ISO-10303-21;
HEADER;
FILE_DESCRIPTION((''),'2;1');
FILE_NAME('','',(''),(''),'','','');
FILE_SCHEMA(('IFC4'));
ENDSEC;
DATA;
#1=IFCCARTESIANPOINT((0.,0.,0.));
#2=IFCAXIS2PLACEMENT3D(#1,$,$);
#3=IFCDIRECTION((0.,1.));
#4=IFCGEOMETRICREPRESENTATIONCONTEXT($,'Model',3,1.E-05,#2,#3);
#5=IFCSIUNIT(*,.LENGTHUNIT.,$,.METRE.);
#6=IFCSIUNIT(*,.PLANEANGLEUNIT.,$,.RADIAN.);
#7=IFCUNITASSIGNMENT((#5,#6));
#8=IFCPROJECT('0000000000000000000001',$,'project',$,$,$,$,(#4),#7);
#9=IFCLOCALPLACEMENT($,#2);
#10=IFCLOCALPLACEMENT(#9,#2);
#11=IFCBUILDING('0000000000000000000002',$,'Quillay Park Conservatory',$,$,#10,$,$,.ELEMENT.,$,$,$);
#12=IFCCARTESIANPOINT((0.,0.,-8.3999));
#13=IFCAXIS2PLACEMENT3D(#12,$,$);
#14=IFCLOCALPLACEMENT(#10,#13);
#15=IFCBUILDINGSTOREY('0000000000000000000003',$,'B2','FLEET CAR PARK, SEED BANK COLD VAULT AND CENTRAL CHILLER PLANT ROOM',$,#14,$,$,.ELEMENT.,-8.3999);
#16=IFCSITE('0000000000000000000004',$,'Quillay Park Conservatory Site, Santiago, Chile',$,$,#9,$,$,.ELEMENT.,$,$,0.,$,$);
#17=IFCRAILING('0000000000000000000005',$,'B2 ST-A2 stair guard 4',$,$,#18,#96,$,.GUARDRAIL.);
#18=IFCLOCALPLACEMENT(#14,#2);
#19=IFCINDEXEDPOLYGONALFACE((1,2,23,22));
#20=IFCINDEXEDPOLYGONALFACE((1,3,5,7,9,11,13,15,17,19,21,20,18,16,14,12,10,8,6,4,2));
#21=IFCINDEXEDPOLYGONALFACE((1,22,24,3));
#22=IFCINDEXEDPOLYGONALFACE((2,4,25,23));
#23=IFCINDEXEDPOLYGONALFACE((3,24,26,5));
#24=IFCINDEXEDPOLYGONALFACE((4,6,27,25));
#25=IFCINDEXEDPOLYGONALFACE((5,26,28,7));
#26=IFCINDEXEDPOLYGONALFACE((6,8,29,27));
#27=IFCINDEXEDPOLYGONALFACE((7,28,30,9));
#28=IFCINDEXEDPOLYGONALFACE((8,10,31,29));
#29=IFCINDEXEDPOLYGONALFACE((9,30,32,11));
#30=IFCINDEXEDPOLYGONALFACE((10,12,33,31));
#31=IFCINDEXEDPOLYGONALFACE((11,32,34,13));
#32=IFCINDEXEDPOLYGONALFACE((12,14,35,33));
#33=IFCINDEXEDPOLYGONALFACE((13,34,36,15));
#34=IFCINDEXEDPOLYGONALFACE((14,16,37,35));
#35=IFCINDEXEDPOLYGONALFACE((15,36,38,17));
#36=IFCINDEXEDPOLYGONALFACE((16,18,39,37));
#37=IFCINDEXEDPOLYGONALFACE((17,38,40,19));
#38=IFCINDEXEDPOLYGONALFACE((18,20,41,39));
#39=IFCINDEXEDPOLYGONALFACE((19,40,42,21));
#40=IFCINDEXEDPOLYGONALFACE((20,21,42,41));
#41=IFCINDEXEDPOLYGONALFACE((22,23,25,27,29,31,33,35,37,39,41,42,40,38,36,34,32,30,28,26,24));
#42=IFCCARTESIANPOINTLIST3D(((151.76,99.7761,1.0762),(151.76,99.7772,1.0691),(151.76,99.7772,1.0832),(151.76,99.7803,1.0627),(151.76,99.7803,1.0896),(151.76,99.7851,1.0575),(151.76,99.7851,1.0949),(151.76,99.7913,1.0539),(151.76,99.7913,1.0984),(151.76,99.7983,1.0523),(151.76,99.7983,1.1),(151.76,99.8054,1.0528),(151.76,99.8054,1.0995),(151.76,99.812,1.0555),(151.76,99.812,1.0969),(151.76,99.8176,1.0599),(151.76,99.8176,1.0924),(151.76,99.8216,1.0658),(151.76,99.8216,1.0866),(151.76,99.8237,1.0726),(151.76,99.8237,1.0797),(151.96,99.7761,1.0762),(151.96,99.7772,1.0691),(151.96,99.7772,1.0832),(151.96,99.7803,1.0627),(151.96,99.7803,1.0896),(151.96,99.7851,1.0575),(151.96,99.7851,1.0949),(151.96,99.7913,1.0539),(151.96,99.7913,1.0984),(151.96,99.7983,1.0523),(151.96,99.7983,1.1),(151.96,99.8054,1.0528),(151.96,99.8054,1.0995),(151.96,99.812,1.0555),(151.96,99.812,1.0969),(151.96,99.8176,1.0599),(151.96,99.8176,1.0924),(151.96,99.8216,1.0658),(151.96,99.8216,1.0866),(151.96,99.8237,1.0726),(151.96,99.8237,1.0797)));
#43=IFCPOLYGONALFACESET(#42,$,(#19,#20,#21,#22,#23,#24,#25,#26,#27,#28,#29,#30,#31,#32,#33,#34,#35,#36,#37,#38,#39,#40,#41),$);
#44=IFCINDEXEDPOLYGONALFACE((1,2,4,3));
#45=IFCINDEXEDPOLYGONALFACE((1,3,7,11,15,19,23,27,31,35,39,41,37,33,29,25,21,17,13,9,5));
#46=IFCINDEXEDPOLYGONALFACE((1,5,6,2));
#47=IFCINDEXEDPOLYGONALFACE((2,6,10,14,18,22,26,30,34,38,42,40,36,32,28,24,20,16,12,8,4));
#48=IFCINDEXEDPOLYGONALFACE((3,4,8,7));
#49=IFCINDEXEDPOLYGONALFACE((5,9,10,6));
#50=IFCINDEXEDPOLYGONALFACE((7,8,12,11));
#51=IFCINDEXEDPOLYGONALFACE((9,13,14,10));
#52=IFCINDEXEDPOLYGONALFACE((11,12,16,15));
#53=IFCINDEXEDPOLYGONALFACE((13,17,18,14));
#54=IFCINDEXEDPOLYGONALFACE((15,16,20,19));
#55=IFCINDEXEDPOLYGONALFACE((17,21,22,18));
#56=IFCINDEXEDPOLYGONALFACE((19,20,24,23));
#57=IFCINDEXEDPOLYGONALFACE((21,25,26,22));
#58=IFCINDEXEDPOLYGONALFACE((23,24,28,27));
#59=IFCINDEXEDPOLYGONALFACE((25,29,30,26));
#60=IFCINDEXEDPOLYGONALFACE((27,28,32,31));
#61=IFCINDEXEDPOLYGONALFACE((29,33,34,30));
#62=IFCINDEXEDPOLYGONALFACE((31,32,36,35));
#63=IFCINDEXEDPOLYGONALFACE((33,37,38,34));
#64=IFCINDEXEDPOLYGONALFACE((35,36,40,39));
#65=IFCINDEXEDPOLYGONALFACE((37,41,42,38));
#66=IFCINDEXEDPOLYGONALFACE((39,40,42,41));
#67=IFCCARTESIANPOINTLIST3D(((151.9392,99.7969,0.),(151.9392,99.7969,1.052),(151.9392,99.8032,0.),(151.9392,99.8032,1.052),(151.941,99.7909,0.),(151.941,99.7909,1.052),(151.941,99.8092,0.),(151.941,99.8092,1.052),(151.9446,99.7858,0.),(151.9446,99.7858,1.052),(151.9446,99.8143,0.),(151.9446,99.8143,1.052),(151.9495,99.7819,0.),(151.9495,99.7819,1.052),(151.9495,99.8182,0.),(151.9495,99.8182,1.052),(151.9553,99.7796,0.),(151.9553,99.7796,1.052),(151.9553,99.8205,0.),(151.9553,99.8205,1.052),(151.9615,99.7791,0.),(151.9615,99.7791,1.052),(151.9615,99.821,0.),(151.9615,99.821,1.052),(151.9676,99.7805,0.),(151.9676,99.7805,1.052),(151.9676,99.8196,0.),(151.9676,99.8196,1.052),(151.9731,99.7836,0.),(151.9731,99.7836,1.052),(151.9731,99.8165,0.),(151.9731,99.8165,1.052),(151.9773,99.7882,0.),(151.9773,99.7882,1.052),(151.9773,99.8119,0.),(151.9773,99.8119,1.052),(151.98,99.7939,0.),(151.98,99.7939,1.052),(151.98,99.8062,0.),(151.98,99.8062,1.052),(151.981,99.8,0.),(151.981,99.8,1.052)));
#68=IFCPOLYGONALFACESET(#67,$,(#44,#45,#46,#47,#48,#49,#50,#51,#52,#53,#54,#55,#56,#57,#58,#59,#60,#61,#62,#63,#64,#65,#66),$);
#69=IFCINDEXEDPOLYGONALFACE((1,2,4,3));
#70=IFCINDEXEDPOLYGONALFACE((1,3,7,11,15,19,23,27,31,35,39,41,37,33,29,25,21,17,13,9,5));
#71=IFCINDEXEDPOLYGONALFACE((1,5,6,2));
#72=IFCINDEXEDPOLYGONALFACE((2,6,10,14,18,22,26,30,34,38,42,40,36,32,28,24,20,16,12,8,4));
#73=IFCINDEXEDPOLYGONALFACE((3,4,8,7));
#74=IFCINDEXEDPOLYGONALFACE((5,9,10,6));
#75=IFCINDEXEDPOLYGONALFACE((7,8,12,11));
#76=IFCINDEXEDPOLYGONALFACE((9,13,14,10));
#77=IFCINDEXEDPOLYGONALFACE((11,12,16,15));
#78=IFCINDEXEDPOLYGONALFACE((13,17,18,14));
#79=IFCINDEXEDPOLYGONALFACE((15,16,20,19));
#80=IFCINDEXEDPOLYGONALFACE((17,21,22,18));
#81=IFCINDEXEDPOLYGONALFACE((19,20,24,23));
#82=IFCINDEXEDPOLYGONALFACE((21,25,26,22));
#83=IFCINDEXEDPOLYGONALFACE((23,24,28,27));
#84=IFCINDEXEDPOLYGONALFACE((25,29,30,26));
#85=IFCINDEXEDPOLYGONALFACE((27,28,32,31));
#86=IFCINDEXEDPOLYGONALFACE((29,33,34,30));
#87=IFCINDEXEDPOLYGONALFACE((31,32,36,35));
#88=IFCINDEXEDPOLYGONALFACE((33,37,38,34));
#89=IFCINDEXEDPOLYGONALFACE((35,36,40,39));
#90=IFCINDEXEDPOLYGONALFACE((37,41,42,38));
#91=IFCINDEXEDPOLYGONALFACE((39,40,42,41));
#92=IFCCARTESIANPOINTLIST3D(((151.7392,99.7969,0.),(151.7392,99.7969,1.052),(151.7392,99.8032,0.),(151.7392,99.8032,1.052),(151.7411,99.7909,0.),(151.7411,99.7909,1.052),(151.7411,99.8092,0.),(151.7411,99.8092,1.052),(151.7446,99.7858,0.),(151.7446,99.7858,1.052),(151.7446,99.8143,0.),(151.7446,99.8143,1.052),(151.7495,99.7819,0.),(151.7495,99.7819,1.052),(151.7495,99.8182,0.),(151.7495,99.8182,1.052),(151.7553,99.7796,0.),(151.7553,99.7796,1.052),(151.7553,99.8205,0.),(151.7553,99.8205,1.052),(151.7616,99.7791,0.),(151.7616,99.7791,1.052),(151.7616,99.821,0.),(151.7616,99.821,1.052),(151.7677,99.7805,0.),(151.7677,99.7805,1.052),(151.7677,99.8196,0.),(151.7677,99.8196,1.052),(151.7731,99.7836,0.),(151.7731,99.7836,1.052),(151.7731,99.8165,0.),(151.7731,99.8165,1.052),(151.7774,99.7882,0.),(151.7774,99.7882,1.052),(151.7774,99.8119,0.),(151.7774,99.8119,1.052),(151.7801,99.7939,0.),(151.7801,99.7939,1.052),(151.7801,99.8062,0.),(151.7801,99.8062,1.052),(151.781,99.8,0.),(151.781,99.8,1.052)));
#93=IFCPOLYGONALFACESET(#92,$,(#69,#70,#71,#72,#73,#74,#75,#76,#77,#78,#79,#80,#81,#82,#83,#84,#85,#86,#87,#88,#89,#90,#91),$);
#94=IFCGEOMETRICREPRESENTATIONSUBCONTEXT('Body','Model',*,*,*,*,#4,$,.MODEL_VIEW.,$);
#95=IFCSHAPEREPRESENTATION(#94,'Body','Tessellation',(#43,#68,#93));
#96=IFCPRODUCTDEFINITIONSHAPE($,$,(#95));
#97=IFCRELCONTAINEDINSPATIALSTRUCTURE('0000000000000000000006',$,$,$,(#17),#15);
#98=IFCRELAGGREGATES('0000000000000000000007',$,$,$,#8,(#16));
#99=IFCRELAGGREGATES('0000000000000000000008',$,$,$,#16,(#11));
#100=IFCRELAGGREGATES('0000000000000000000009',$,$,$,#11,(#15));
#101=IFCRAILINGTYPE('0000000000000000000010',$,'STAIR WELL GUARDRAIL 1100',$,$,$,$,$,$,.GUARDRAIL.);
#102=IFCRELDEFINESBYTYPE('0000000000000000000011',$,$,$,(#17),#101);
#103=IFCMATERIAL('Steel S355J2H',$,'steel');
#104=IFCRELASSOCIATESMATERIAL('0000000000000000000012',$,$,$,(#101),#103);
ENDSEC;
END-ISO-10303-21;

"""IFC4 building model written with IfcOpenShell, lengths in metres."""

from ifc_helpers import new_model, si_unit, direction, frame, origin, origin_2d, place, context, subcontext, project, spatial, circle, extrude, material, type_object, element, save


model = new_model("IFC4")

# Units and contexts
model_context = context("Model", 3, precision=1e-05, world=origin(), true_north=direction((0.0, 1.0)))
body_context = subcontext(model_context, "Body", "Model", "MODEL_VIEW")
ifc_project = project(units=[si_unit("LENGTHUNIT", "METRE"), si_unit("PLANEANGLEUNIT", "RADIAN")], contexts=[model_context])

# Site, building, storey
site_placement = place(None, origin())
site = spatial("IfcSite", under=ifc_project, at=site_placement, Name="Quillay Park Conservatory Site, Santiago, Chile", CompositionType="ELEMENT", RefElevation=0.0)
building_placement = place(site_placement, origin())
building = spatial("IfcBuilding", under=site, at=building_placement, Name="Quillay Park Conservatory", CompositionType="ELEMENT")
storey_placement = place(building_placement, frame((0.0, 0.0, -8.3999)))
storey = spatial("IfcBuildingStorey", under=building, at=storey_placement, Name="B2", Description="FLEET CAR PARK, SEED BANK COLD VAULT AND CENTRAL CHILLER PLANT ROOM", CompositionType="ELEMENT", Elevation=-8.3999)

# Railing
ifc_material_1 = material(Name="Steel S355J2H", Category="steel")
railing_type_1 = type_object("IfcRailingType", Name="STAIR WELL GUARDRAIL 1100", PredefinedType="GUARDRAIL", material=ifc_material_1)
railing_1_placement = place(storey_placement, frame((151.96, 99.8, 0.0)))
element("IfcRailing", 1, at=railing_1_placement, inside=storey, type_object=railing_type_1, Name="B2 ST-A2 stair guard 4", PredefinedType="GUARDRAIL", context=body_context, shape_type="SweptSolid", body=[
    extrude(circle(Radius=0.0239, at=origin_2d()), frame((0.0, 0.0, 1.0762), z_axis=(-1.0, 0.0, 0.0), x_axis=(0.0, -1.0, 0.0)), (0.0, 0.0, 1.0), 0.2),
    extrude(circle(Radius=0.021, at=origin_2d()), origin(), (0.0, 0.0, 1.0), 1.052),
    extrude(circle(Radius=0.021, at=origin_2d()), frame((-0.2, 0.0, 0.0)), (0.0, 0.0, 1.0), 1.052),
])

save(model, "model.ifc")
